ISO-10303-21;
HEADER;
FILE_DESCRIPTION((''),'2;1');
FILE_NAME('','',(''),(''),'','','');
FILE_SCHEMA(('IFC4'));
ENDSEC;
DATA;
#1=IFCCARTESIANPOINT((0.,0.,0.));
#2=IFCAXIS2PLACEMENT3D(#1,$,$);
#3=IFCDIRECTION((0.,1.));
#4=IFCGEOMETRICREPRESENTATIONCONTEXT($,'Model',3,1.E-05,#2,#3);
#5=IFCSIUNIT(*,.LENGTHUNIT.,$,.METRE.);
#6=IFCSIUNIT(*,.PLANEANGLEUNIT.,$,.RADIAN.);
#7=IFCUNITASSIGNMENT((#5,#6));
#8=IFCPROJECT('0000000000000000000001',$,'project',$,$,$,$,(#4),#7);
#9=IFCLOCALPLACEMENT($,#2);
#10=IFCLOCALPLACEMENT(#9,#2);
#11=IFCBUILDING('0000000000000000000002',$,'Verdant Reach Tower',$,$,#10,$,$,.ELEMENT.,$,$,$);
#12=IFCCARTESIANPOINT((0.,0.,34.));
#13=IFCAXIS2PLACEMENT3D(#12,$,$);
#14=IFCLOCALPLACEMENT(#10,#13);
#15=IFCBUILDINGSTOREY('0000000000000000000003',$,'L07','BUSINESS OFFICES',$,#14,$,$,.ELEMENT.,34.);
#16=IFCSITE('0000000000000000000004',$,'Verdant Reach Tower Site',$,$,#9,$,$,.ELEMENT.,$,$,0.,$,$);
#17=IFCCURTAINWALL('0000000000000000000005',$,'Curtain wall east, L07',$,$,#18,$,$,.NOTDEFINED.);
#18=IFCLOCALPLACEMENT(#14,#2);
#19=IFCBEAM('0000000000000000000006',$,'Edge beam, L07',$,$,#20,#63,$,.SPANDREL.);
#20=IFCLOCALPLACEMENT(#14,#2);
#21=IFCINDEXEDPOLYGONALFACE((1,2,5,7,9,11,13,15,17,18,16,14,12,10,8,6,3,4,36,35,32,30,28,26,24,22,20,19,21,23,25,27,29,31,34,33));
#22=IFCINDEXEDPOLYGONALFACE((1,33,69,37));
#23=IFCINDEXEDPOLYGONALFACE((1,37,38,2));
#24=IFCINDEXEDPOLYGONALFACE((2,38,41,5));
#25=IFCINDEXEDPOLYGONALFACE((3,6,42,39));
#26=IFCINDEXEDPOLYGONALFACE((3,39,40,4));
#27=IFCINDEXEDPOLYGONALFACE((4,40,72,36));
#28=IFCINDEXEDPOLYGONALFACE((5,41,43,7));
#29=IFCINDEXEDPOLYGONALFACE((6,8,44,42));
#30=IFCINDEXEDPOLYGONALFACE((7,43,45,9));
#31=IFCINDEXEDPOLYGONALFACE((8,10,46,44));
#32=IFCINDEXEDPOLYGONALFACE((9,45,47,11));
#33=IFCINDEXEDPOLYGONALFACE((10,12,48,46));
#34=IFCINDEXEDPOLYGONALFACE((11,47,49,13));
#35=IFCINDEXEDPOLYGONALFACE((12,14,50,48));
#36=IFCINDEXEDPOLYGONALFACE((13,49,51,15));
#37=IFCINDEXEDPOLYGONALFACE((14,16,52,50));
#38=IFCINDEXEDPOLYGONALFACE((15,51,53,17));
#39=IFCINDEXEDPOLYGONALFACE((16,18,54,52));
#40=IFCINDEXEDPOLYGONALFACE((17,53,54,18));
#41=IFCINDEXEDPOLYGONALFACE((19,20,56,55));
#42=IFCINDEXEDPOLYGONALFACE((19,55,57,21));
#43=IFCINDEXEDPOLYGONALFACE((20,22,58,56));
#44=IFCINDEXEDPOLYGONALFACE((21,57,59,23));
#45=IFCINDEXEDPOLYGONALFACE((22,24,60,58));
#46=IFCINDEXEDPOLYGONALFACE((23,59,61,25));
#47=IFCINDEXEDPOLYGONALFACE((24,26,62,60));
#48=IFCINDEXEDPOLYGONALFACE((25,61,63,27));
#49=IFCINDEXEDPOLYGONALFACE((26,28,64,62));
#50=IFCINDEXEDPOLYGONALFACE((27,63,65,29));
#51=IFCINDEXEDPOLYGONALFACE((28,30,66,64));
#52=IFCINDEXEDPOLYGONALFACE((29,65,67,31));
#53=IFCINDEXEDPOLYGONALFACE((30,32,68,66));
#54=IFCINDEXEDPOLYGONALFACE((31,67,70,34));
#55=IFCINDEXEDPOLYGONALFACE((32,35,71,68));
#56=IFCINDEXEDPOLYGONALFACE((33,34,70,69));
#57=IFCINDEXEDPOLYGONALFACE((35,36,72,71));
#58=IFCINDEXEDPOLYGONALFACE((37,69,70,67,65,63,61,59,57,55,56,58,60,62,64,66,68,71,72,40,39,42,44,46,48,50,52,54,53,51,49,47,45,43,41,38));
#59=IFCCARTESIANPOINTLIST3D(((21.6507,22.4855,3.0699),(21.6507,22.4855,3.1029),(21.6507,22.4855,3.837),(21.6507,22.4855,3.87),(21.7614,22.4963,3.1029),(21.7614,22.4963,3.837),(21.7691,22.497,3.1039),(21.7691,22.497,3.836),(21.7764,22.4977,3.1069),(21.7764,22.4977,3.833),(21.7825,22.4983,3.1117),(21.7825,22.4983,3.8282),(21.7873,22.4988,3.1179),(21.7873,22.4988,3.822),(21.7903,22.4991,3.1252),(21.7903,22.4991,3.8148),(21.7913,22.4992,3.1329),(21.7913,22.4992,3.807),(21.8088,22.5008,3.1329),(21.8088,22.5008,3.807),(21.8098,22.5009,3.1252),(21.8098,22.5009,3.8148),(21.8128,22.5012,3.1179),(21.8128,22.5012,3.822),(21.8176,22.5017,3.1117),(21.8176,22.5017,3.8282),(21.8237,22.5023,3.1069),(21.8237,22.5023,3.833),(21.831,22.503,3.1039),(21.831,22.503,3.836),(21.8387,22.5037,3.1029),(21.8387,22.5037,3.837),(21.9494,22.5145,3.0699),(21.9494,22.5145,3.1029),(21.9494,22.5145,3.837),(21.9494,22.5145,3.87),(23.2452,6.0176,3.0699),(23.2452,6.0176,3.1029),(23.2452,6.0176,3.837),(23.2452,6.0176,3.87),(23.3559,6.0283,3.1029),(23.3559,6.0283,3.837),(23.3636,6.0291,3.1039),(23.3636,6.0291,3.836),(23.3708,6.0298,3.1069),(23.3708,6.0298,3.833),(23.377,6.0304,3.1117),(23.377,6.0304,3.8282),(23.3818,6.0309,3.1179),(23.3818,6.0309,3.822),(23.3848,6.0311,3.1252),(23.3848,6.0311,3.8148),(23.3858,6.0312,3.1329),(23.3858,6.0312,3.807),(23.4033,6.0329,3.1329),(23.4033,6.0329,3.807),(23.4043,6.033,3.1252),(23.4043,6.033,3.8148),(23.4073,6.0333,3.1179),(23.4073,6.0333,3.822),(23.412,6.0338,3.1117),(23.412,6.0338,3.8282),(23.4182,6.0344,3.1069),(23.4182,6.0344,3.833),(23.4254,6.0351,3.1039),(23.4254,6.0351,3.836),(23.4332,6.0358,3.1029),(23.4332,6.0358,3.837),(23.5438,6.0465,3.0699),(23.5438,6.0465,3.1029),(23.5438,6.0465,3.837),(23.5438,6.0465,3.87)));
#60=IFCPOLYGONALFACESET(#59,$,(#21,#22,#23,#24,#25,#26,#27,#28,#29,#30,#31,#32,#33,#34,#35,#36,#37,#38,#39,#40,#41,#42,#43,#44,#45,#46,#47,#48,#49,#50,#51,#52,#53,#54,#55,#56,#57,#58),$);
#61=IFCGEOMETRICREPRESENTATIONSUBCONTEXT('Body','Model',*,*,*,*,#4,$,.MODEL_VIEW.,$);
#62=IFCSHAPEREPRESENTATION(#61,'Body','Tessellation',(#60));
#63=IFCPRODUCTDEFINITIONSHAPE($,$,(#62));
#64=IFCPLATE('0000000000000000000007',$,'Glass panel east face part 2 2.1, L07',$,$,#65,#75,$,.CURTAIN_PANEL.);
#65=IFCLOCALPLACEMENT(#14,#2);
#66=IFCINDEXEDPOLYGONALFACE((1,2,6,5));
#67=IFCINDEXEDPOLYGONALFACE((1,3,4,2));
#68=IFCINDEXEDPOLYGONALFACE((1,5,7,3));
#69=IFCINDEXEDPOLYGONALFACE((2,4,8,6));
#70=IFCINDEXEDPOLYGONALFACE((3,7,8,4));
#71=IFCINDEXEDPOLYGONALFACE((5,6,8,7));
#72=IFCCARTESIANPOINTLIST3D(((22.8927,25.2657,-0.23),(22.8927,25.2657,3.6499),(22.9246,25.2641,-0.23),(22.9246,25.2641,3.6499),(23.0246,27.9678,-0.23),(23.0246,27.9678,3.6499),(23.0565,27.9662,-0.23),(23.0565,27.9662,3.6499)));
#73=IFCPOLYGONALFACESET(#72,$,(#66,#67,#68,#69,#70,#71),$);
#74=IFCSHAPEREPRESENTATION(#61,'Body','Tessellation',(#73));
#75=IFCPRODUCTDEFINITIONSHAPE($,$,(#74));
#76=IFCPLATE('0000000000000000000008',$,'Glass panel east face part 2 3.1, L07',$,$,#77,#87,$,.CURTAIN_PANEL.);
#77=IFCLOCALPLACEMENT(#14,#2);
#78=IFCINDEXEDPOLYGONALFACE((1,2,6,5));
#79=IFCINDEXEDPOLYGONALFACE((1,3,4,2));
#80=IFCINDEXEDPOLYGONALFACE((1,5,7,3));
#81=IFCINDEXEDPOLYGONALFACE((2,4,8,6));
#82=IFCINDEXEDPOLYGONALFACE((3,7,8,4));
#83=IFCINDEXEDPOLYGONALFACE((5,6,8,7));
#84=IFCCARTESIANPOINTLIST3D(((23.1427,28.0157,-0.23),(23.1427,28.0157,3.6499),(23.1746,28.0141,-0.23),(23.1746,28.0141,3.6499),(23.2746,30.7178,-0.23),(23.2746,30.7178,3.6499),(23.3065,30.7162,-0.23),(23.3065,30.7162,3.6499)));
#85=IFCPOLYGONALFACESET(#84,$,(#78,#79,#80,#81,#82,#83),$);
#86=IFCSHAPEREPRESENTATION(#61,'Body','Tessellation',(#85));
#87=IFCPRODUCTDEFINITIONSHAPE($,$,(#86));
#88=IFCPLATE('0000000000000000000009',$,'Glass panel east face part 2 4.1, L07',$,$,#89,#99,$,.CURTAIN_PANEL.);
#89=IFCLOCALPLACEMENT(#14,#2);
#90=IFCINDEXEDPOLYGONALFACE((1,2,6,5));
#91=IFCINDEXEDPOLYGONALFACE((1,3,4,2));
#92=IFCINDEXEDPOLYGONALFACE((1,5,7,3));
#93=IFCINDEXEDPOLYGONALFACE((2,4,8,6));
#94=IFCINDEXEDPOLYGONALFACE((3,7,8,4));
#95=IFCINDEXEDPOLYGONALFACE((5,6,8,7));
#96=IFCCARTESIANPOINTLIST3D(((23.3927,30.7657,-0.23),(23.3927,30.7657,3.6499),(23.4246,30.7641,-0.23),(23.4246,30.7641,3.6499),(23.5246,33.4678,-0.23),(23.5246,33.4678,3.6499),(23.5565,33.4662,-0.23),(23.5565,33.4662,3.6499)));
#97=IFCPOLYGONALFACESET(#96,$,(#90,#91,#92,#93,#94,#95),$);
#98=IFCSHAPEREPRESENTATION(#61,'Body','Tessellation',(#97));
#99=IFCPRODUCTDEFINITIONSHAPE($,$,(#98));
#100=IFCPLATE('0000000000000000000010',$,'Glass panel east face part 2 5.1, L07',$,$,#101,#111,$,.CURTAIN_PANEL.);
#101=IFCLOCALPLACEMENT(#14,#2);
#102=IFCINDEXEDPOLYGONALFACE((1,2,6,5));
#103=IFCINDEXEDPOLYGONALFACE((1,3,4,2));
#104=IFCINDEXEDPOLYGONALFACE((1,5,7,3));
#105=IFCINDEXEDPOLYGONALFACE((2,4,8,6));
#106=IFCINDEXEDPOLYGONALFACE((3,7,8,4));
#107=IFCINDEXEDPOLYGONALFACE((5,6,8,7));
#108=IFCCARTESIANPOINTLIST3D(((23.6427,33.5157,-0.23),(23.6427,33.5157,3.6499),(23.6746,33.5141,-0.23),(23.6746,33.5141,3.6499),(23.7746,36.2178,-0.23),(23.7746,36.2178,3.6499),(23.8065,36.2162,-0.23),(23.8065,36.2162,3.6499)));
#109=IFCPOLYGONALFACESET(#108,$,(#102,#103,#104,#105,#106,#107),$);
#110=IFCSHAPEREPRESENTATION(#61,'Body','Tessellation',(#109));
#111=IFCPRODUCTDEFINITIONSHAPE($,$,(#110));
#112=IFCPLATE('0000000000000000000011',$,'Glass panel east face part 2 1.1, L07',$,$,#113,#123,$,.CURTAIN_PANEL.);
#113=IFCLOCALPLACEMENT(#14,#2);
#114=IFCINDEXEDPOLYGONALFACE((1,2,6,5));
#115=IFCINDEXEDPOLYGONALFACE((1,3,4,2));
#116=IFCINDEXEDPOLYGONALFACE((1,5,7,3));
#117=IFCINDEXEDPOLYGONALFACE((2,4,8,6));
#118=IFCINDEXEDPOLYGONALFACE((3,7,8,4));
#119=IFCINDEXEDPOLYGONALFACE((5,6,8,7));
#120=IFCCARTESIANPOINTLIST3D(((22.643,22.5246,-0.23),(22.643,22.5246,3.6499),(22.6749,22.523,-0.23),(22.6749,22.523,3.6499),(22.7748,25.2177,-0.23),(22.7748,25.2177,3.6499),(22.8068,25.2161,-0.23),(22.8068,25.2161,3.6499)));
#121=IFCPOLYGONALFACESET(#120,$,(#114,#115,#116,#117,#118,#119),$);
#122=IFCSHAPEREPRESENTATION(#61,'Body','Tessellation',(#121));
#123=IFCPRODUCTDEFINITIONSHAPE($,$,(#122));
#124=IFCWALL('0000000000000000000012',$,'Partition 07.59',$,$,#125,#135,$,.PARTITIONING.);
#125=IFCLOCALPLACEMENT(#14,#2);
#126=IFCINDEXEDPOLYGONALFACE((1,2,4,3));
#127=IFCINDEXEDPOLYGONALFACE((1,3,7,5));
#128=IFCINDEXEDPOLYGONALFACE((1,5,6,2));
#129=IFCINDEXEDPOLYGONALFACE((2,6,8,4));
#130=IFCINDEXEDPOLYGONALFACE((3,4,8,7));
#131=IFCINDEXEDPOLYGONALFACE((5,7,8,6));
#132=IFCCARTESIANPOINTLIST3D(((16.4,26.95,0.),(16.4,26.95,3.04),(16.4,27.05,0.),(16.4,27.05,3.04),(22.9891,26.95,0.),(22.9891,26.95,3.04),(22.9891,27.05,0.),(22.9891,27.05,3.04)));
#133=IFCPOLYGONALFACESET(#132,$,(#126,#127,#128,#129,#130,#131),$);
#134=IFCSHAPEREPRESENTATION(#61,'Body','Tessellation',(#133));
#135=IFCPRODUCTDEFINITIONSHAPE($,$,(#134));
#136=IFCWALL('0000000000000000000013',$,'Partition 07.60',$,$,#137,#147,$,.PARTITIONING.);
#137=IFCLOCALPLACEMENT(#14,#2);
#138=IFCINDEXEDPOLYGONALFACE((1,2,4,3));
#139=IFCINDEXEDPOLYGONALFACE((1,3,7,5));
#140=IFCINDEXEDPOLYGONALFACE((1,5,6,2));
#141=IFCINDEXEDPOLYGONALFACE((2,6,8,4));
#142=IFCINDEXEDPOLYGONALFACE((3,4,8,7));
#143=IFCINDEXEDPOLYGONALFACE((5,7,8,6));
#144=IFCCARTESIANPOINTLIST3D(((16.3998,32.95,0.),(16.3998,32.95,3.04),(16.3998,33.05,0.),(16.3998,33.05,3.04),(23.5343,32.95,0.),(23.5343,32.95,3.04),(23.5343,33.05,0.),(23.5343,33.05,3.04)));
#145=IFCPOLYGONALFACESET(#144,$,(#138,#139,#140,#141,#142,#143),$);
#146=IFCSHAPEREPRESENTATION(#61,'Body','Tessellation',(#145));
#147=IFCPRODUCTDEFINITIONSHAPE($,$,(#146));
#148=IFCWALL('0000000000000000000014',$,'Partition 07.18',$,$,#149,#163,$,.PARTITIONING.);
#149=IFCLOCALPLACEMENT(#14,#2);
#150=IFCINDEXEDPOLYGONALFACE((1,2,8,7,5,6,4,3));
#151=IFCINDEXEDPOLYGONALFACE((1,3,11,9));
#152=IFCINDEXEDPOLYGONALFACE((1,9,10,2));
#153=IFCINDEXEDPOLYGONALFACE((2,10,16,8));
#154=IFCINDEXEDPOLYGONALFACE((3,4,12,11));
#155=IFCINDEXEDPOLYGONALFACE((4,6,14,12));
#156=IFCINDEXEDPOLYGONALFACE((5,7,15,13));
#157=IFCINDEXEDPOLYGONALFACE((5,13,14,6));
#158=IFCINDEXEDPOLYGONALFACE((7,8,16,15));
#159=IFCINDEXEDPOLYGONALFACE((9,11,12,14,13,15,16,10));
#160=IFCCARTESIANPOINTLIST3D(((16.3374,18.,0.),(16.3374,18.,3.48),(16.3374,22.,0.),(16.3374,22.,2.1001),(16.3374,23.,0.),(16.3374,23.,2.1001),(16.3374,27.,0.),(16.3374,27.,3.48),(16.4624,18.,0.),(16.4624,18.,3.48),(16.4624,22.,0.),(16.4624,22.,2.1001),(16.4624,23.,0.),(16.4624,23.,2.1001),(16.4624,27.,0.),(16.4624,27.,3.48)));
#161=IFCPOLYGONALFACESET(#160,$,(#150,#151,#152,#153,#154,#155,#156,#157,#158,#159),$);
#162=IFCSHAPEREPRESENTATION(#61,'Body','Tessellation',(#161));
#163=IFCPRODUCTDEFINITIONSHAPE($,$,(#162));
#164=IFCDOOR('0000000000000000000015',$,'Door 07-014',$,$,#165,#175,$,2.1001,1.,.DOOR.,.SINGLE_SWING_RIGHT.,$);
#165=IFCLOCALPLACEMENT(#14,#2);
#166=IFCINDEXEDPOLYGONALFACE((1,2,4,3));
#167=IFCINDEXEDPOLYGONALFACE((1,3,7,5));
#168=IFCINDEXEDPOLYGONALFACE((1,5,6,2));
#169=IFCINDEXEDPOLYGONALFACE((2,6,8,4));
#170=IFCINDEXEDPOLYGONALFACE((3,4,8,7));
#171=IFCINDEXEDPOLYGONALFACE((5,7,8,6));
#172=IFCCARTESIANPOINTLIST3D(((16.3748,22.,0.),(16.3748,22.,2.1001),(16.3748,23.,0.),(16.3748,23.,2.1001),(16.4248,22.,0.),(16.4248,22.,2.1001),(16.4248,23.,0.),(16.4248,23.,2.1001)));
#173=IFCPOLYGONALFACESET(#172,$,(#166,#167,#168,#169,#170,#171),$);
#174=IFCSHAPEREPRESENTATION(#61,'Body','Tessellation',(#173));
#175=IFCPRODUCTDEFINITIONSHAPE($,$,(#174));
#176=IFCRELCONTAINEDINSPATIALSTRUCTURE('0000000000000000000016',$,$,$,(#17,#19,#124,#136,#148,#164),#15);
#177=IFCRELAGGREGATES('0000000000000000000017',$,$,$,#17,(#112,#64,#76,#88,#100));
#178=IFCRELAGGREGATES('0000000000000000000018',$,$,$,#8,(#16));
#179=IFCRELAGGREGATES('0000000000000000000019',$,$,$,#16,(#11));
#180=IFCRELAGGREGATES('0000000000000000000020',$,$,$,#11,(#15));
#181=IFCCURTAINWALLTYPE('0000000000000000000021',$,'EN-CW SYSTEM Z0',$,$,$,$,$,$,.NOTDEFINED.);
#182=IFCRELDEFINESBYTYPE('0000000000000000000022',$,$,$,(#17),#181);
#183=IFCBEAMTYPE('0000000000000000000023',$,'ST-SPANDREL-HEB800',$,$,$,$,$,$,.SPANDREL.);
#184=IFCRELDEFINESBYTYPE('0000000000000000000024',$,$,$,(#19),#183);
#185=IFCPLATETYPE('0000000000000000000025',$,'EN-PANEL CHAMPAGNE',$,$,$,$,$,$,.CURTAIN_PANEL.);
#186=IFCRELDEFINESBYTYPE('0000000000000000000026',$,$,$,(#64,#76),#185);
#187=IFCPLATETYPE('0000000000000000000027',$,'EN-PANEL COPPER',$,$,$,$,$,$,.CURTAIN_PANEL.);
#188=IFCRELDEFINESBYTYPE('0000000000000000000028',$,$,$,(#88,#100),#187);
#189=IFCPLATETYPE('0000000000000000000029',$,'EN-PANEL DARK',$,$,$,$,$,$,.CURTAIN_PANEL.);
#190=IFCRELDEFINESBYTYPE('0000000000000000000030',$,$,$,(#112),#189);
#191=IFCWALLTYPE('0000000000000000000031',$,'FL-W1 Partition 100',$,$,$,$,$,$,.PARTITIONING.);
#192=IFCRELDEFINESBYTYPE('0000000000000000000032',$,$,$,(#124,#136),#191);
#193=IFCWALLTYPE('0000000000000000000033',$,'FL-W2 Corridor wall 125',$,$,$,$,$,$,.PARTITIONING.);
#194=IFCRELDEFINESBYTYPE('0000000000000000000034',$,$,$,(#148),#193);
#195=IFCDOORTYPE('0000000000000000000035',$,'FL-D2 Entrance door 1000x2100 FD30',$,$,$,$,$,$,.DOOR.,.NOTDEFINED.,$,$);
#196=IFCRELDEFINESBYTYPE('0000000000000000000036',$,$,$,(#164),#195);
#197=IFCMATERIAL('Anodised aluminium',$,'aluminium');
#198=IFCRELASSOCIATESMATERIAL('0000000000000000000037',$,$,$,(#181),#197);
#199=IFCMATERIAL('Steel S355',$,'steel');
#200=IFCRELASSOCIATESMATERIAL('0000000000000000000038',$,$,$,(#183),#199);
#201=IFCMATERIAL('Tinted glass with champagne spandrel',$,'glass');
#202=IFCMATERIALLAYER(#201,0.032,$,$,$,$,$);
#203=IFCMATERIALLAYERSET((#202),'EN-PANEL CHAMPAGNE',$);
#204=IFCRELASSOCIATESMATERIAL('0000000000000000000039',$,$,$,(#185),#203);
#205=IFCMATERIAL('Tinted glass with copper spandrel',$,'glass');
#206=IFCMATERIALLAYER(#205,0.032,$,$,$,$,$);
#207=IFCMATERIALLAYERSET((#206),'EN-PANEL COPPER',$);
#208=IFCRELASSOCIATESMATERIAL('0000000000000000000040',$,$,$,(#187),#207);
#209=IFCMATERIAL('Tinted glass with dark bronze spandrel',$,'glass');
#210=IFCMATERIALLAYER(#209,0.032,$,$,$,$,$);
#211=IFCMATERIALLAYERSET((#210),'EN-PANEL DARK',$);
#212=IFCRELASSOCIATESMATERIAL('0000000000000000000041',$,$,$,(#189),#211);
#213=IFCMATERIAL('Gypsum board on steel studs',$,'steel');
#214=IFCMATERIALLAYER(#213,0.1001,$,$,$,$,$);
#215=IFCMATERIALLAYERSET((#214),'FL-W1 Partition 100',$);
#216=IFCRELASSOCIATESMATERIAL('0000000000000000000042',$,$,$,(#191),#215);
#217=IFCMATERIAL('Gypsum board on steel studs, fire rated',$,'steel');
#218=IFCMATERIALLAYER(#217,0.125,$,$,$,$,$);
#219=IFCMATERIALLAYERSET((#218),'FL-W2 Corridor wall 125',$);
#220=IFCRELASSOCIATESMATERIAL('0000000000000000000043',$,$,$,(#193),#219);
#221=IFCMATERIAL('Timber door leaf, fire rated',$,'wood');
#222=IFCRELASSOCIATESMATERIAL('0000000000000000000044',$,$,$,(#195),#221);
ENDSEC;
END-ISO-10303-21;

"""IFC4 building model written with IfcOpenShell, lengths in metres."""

from ifc_helpers import new_model, si_unit, direction, frame, frame_2d, origin, origin_2d, place, context, subcontext, project, spatial, rectangle, i_section, extrude, material, layer, layer_set, material_profile, profile_set, type_object, element, fill, aggregate, save


model = new_model("IFC4")

# Units and contexts
model_context = context("Model", 3, precision=1e-05, world=origin(), true_north=direction((0.0, 1.0)))
body_context = subcontext(model_context, "Body", "Model", "MODEL_VIEW")
ifc_project = project(units=[si_unit("LENGTHUNIT", "METRE"), si_unit("PLANEANGLEUNIT", "RADIAN")], contexts=[model_context])

# Site, building, storey
site_placement = place(None, origin())
site = spatial("IfcSite", under=ifc_project, at=site_placement, Name="Verdant Reach Tower Site", CompositionType="ELEMENT", RefElevation=0.0)
building_placement = place(site_placement, origin())
building = spatial("IfcBuilding", under=site, at=building_placement, Name="Verdant Reach Tower", CompositionType="ELEMENT")
storey_placement = place(building_placement, frame((0.0, 0.0, 34.0)))
storey = spatial("IfcBuildingStorey", under=building, at=storey_placement, Name="L07", Description="BUSINESS OFFICES", CompositionType="ELEMENT", Elevation=34.0)

# Curtain wall
ifc_material_1 = material(Name="Anodised aluminium", Category="aluminium")
curtain_wall_type = type_object("IfcCurtainWallType", Name="EN-CW SYSTEM Z0", PredefinedType="NOTDEFINED", material=ifc_material_1)
curtain_wall_placement = place(storey_placement, origin())
curtain_wall = element("IfcCurtainWall", 1, at=curtain_wall_placement, inside=storey, type_object=curtain_wall_type, Name="Curtain wall east, L07", PredefinedType="NOTDEFINED")

# Beam
ifc_material_2 = material(Name="Steel S355", Category="steel")
ifc_material_profile_1 = material_profile(ifc_material_2, i_section(OverallWidth=0.3, OverallDepth=0.8, WebThickness=0.0176, FlangeThickness=0.033, FilletRadius=0.03, at=origin_2d()), Name="HEB 800")
ifc_profile_set_1 = profile_set([ifc_material_profile_1], Name="Steel S355")
beam_type_1 = type_object("IfcBeamType", Name="ST-SPANDREL-HEB800", PredefinedType="SPANDREL", material=ifc_profile_set_1)
beam_1_placement = place(storey_placement, frame((21.8, 22.5, 3.47), z_axis=(0.096372, -0.995345, 0.0), x_axis=(0.995345, 0.096372, 0.0)))
element("IfcBeam", 2, at=beam_1_placement, inside=storey, type_object=beam_type_1, Name="Edge beam, L07", PredefinedType="SPANDREL", context=body_context, shape_type="SweptSolid", body=[
    extrude(i_section(OverallWidth=0.3, OverallDepth=0.8, WebThickness=0.0176, FlangeThickness=0.033, FilletRadius=0.03, at=origin_2d()), origin(), (0.0, 0.0, 1.0), 16.5449),
])

# Plates
ifc_material_3 = material(Name="Tinted glass with champagne spandrel", Category="glass")
ifc_layer_1 = layer(ifc_material_3, 0.032)
ifc_layer_set_1 = layer_set([ifc_layer_1], Name="EN-PANEL CHAMPAGNE")
plate_type_1 = type_object("IfcPlateType", Name="EN-PANEL CHAMPAGNE", PredefinedType="CURTAIN_PANEL", material=ifc_layer_set_1)
plate_1_placement = place(storey_placement, frame((22.9746, 26.616, -0.23), z_axis=(0.0, 0.0, 1.0), x_axis=(0.048753, 0.998811, 0.0)))
plate_1 = element("IfcPlate", 3, at=plate_1_placement, type_object=plate_type_1, Name="Glass panel east face part 2 2.1, L07", PredefinedType="CURTAIN_PANEL", context=body_context, shape_type="SweptSolid", body=[
    extrude(rectangle(XDim=2.7053, YDim=0.032, at=origin_2d()), origin(), (0.0, 0.0, 1.0), 3.8799),
])
plate_2_placement = place(storey_placement, frame((23.2246, 29.366, -0.23), z_axis=(0.0, 0.0, 1.0), x_axis=(0.048753, 0.998811, 0.0)))
plate_2 = element("IfcPlate", 4, at=plate_2_placement, type_object=plate_type_1, Name="Glass panel east face part 2 3.1, L07", PredefinedType="CURTAIN_PANEL", context=body_context, shape_type="SweptSolid", body=[
    extrude(rectangle(XDim=2.7053, YDim=0.032, at=origin_2d()), origin(), (0.0, 0.0, 1.0), 3.8799),
])
ifc_material_4 = material(Name="Tinted glass with copper spandrel", Category="glass")
ifc_layer_2 = layer(ifc_material_4, 0.032)
ifc_layer_set_2 = layer_set([ifc_layer_2], Name="EN-PANEL COPPER")
plate_type_2 = type_object("IfcPlateType", Name="EN-PANEL COPPER", PredefinedType="CURTAIN_PANEL", material=ifc_layer_set_2)
plate_3_placement = place(storey_placement, frame((23.4746, 32.116, -0.23), z_axis=(0.0, 0.0, 1.0), x_axis=(0.048753, 0.998811, 0.0)))
plate_3 = element("IfcPlate", 5, at=plate_3_placement, type_object=plate_type_2, Name="Glass panel east face part 2 4.1, L07", PredefinedType="CURTAIN_PANEL", context=body_context, shape_type="SweptSolid", body=[
    extrude(rectangle(XDim=2.7053, YDim=0.032, at=origin_2d()), origin(), (0.0, 0.0, 1.0), 3.8799),
])
plate_4_placement = place(storey_placement, frame((23.7246, 34.866, -0.23), z_axis=(0.0, 0.0, 1.0), x_axis=(0.048753, 0.998811, 0.0)))
plate_4 = element("IfcPlate", 6, at=plate_4_placement, type_object=plate_type_2, Name="Glass panel east face part 2 5.1, L07", PredefinedType="CURTAIN_PANEL", context=body_context, shape_type="SweptSolid", body=[
    extrude(rectangle(XDim=2.7053, YDim=0.032, at=origin_2d()), origin(), (0.0, 0.0, 1.0), 3.8799),
])
ifc_material_5 = material(Name="Tinted glass with dark bronze spandrel", Category="glass")
ifc_layer_3 = layer(ifc_material_5, 0.032)
ifc_layer_set_3 = layer_set([ifc_layer_3], Name="EN-PANEL DARK")
plate_type_3 = type_object("IfcPlateType", Name="EN-PANEL DARK", PredefinedType="CURTAIN_PANEL", material=ifc_layer_set_3)
plate_5_placement = place(storey_placement, frame((22.7249, 23.8704, -0.23), z_axis=(0.0, 0.0, 1.0), x_axis=(0.048902, 0.998804, 0.0)))
plate_5 = element("IfcPlate", 7, at=plate_5_placement, type_object=plate_type_3, Name="Glass panel east face part 2 1.1, L07", PredefinedType="CURTAIN_PANEL", context=body_context, shape_type="SweptSolid", body=[
    extrude(rectangle(XDim=2.6963, YDim=0.032, at=origin_2d()), origin(), (0.0, 0.0, 1.0), 3.8799),
])
aggregate(curtain_wall, [plate_5, plate_1, plate_2, plate_3, plate_4])

# Walls
ifc_material_6 = material(Name="Gypsum board on steel studs", Category="steel")
ifc_layer_4 = layer(ifc_material_6, 0.1001)
ifc_layer_set_4 = layer_set([ifc_layer_4], Name="FL-W1 Partition 100")
wall_type_1 = type_object("IfcWallType", Name="FL-W1 Partition 100", PredefinedType="PARTITIONING", material=ifc_layer_set_4)
wall_1_placement = place(storey_placement, frame((22.989, 27.0, 0.0), z_axis=(0.0, 0.0, 1.0), x_axis=(-1.0, 0.0, 0.0)))
element("IfcWall", 8, at=wall_1_placement, inside=storey, type_object=wall_type_1, Name="Partition 07.59", PredefinedType="PARTITIONING", context=body_context, shape_type="SweptSolid", body=[
    extrude(rectangle(XDim=6.5891, YDim=0.1001, at=frame_2d((3.2944, 0.0))), origin(), (0.0, 0.0, 1.0), 3.04),
])
wall_2_placement = place(storey_placement, frame((23.5344, 33.0, 0.0), z_axis=(0.0, 0.0, 1.0), x_axis=(-1.0, 0.0, 0.0)))
element("IfcWall", 9, at=wall_2_placement, inside=storey, type_object=wall_type_1, Name="Partition 07.60", PredefinedType="PARTITIONING", context=body_context, shape_type="SweptSolid", body=[
    extrude(rectangle(XDim=7.1345, YDim=0.1001, at=frame_2d((3.5674, 0.0))), origin(), (0.0, 0.0, 1.0), 3.04),
])

# Wall, opening, door
ifc_material_7 = material(Name="Gypsum board on steel studs, fire rated", Category="steel")
ifc_layer_5 = layer(ifc_material_7, 0.125)
ifc_layer_set_5 = layer_set([ifc_layer_5], Name="FL-W2 Corridor wall 125")
wall_type_2 = type_object("IfcWallType", Name="FL-W2 Corridor wall 125", PredefinedType="PARTITIONING", material=ifc_layer_set_5)
wall_3_placement = place(storey_placement, frame((16.3999, 27.0, 0.0), z_axis=(0.0, 0.0, 1.0), x_axis=(0.0, -1.0, 0.0)))
wall_3 = element("IfcWall", 10, at=wall_3_placement, inside=storey, type_object=wall_type_2, Name="Partition 07.18", PredefinedType="PARTITIONING", context=body_context, shape_type="SweptSolid", body=[
    extrude(rectangle(XDim=9.0, YDim=0.125, at=frame_2d((4.5, 0.0))), origin(), (0.0, 0.0, 1.0), 3.48),
])
opening_1_placement = place(wall_3_placement, frame((4.0, 0.0, 0.0)))
opening_1 = element("IfcOpeningElement", 11, at=opening_1_placement, cuts=wall_3, PredefinedType="OPENING", context=body_context, shape_type="SweptSolid", body=[
    extrude(rectangle(XDim=1.0, YDim=2.1001, at=frame_2d((0.5, 1.05))), frame((0.0, 0.0725, 0.0), z_axis=(0.0, -1.0, 0.0), x_axis=(1.0, 0.0, 0.0)), (0.0, 0.0, 1.0), 0.145),
])
ifc_material_8 = material(Name="Timber door leaf, fire rated", Category="wood")
door_type = type_object("IfcDoorType", Name="FL-D2 Entrance door 1000x2100 FD30", OperationType="NOTDEFINED", PredefinedType="DOOR", material=ifc_material_8)
door_1_placement = place(opening_1_placement, origin())
door_1 = element("IfcDoor", 12, at=door_1_placement, inside=storey, type_object=door_type, Name="Door 07-014", OperationType="SINGLE_SWING_RIGHT", OverallHeight=2.1001, OverallWidth=1.0, PredefinedType="DOOR", context=body_context, shape_type="SweptSolid", body=[
    extrude(rectangle(XDim=1.0, YDim=2.1001, at=frame_2d((0.5, 1.05))), frame((0.0, 0.0249, 0.0), z_axis=(0.0, -1.0, 0.0), x_axis=(1.0, 0.0, 0.0)), (0.0, 0.0, 1.0), 0.05),
])
fill(opening_1, door_1)

save(model, "model.ifc")
